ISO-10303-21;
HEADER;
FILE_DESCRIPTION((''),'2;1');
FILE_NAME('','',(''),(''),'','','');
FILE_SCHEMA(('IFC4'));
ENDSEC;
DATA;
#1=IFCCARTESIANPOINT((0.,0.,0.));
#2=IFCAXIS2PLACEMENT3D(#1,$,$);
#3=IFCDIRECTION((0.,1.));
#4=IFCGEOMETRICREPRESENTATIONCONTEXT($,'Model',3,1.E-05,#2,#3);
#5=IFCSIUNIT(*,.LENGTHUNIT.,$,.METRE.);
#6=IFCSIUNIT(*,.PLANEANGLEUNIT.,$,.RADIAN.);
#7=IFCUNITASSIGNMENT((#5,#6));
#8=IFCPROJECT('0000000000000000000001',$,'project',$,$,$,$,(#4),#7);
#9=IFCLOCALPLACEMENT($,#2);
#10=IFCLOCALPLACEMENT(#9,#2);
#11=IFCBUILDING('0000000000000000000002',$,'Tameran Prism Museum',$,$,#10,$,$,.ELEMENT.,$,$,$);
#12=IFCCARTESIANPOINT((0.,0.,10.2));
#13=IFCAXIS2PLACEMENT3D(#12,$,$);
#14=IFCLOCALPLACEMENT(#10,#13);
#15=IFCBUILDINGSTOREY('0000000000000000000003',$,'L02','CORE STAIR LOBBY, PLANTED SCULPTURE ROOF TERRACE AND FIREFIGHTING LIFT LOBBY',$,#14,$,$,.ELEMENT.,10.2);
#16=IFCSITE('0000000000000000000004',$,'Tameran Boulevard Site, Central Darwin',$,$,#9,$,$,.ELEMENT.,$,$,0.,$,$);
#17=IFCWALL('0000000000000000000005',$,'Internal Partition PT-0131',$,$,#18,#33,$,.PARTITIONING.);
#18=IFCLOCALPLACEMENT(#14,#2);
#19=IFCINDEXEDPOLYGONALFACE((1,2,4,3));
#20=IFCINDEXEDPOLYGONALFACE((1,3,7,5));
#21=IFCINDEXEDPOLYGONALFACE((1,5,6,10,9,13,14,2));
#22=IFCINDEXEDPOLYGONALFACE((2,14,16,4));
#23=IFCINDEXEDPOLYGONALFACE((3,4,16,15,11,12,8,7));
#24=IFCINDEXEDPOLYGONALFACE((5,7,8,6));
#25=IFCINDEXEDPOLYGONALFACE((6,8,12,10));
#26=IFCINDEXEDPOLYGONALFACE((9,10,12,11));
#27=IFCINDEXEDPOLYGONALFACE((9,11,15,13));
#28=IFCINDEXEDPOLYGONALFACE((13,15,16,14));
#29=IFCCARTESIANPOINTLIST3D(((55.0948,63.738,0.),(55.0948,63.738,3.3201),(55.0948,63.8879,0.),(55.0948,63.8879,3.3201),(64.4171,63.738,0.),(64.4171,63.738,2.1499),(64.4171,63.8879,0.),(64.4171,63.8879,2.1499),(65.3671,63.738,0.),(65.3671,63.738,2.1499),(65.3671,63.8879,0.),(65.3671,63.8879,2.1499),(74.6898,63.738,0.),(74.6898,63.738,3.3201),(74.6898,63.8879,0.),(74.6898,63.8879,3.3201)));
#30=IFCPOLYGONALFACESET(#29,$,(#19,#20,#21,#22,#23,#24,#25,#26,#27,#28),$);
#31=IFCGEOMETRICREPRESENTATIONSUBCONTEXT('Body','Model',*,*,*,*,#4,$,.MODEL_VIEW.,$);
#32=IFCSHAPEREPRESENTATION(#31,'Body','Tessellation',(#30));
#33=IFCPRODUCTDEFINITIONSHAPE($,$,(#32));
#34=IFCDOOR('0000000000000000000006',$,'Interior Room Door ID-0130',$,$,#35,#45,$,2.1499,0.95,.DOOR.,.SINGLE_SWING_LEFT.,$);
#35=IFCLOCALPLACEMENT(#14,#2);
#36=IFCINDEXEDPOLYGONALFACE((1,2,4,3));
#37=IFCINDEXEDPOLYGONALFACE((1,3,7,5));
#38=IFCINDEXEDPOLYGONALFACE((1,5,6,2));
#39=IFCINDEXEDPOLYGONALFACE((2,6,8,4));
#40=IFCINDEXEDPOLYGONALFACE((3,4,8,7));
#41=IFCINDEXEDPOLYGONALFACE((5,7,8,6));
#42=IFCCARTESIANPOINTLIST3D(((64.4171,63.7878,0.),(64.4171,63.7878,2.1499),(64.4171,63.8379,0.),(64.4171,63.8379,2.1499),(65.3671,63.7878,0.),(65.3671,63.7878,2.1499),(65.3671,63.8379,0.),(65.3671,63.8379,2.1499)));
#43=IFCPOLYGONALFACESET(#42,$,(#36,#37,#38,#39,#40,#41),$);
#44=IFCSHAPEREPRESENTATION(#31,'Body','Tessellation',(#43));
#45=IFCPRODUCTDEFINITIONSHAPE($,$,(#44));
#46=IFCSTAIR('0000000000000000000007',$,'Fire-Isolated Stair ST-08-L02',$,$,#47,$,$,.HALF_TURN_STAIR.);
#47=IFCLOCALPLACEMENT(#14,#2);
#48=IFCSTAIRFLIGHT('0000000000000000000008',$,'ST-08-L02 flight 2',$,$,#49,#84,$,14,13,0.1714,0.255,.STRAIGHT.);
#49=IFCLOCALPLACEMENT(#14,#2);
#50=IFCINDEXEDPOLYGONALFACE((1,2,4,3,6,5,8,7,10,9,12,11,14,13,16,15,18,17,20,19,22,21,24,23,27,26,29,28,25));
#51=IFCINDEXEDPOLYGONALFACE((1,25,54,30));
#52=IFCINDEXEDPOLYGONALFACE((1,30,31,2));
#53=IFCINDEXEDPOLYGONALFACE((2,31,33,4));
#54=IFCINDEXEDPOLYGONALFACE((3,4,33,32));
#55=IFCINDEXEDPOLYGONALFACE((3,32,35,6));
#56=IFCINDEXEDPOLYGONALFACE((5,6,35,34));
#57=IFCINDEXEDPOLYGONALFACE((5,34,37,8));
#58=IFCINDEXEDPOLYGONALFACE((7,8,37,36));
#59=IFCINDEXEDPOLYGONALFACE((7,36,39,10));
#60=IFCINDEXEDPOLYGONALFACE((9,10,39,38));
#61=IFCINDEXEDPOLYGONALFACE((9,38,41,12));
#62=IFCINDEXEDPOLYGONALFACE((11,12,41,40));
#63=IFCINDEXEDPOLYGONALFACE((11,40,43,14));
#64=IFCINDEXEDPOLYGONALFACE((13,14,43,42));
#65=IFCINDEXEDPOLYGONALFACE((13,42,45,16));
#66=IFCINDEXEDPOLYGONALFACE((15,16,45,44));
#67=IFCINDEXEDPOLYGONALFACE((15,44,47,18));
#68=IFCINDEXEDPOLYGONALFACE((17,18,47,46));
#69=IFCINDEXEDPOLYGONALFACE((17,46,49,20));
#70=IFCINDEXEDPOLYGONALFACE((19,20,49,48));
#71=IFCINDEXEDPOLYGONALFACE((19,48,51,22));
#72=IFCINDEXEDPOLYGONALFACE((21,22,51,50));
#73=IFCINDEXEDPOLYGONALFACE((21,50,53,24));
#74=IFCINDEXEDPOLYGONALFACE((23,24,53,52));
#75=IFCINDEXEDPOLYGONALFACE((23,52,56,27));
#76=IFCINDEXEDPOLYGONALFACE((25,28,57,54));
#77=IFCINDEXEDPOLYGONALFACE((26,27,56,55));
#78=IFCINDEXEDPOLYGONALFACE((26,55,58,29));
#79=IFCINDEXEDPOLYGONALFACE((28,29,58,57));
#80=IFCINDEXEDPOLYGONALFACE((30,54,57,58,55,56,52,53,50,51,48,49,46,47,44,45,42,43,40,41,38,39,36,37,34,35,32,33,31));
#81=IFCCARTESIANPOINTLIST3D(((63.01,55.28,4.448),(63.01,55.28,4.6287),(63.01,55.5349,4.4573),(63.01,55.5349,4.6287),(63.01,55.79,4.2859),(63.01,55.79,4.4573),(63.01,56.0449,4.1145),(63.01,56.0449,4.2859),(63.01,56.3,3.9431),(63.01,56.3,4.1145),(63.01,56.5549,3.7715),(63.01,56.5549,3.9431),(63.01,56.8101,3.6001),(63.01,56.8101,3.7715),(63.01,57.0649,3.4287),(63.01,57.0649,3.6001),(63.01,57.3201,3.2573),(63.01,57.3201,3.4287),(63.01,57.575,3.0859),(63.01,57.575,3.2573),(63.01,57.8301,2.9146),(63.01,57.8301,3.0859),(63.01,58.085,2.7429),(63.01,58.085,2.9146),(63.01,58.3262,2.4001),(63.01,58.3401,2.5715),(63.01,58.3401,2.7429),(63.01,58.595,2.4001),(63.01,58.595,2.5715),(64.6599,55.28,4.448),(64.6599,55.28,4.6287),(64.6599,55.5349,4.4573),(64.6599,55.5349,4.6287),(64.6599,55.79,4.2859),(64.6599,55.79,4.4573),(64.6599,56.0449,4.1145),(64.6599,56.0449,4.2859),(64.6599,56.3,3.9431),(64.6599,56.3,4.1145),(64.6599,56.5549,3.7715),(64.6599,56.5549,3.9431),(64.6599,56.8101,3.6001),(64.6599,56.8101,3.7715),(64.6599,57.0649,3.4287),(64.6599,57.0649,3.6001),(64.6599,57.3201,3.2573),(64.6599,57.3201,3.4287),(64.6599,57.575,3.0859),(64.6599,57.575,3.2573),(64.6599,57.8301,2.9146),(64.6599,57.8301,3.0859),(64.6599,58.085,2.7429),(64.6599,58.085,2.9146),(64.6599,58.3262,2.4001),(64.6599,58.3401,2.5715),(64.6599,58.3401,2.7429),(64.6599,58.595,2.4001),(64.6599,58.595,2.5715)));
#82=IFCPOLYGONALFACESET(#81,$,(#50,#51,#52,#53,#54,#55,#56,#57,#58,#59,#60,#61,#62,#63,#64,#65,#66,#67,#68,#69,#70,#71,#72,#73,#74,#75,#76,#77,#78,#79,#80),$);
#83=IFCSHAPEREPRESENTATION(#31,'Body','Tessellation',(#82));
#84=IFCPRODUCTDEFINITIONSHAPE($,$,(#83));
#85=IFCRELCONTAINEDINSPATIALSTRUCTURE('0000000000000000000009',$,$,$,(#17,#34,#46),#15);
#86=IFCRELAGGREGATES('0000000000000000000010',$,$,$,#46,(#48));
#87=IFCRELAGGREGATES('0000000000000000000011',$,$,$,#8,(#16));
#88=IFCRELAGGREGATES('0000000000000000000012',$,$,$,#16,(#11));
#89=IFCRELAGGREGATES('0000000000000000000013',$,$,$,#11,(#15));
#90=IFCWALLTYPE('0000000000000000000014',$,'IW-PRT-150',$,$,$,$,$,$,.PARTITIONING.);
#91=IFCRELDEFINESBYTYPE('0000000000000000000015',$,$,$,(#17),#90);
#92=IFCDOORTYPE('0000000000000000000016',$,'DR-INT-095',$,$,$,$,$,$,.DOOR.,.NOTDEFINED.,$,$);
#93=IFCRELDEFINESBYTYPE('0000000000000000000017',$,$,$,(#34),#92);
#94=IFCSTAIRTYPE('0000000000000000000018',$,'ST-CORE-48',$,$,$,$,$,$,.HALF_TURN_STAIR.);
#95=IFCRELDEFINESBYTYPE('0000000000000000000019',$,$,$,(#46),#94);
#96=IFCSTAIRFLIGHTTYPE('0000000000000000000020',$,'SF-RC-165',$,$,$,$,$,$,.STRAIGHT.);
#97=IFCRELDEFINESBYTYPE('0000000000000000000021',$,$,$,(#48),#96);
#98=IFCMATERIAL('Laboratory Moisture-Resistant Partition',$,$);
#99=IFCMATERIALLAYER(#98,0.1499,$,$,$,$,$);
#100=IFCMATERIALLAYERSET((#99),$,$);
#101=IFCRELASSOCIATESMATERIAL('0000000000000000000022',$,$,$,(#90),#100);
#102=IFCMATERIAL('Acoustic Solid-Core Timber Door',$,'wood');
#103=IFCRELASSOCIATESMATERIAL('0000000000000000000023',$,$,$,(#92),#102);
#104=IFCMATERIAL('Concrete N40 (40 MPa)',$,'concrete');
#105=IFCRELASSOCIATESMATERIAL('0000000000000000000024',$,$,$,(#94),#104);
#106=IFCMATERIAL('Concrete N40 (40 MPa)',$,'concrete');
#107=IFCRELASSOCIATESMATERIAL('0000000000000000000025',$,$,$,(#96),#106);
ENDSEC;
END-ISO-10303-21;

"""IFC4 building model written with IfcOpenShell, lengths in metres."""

from ifc_helpers import new_model, si_unit, direction, frame, frame_2d, origin, place, context, subcontext, project, spatial, polyline, rectangle, outline, extrude, material, layer, layer_set, type_object, element, fill, aggregate, save


model = new_model("IFC4")

# Units and contexts
model_context = context("Model", 3, precision=1e-05, world=origin(), true_north=direction((0.0, 1.0)))
body_context = subcontext(model_context, "Body", "Model", "MODEL_VIEW")
ifc_project = project(units=[si_unit("LENGTHUNIT", "METRE"), si_unit("PLANEANGLEUNIT", "RADIAN")], contexts=[model_context])

# Site, building, storey
site_placement = place(None, origin())
site = spatial("IfcSite", under=ifc_project, at=site_placement, Name="Tameran Boulevard Site, Central Darwin", CompositionType="ELEMENT", RefElevation=0.0)
building_placement = place(site_placement, origin())
building = spatial("IfcBuilding", under=site, at=building_placement, Name="Tameran Prism Museum", CompositionType="ELEMENT")
storey_placement = place(building_placement, frame((0.0, 0.0, 10.2)))
storey = spatial("IfcBuildingStorey", under=building, at=storey_placement, Name="L02", Description="CORE STAIR LOBBY, PLANTED SCULPTURE ROOF TERRACE AND FIREFIGHTING LIFT LOBBY", CompositionType="ELEMENT", Elevation=10.2)

# Wall, opening, door
ifc_material_1 = material(Name="Laboratory Moisture-Resistant Partition")
ifc_layer_1 = layer(ifc_material_1, 0.1499)
ifc_layer_set_1 = layer_set([ifc_layer_1])
wall_type_1 = type_object("IfcWallType", Name="IW-PRT-150", PredefinedType="PARTITIONING", material=ifc_layer_set_1)
wall_1_placement = place(storey_placement, frame((55.095, 63.813, 0.0), z_axis=(0.0, 0.0, 1.0), x_axis=(1.0, 0.0, 0.0)))
wall_1 = element("IfcWall", 1, at=wall_1_placement, inside=storey, type_object=wall_type_1, Name="Internal Partition PT-0131", PredefinedType="PARTITIONING", context=body_context, shape_type="SweptSolid", body=[
    extrude(rectangle(XDim=19.595, YDim=0.1499, at=frame_2d((9.7974, 0.0))), origin(), (0.0, 0.0, 1.0), 3.3201),
])
opening_1_placement = place(wall_1_placement, frame((9.322, 0.0, 0.0)))
opening_1 = element("IfcOpeningElement", 2, at=opening_1_placement, cuts=wall_1, PredefinedType="OPENING", context=body_context, shape_type="SweptSolid", body=[
    extrude(rectangle(XDim=0.95, YDim=2.1499, at=frame_2d((0.4751, 1.075))), frame((0.0, 0.085, 0.0), z_axis=(0.0, -1.0, 0.0), x_axis=(1.0, 0.0, 0.0)), (0.0, 0.0, 1.0), 0.1699),
])
ifc_material_2 = material(Name="Acoustic Solid-Core Timber Door", Category="wood")
door_type_1 = type_object("IfcDoorType", Name="DR-INT-095", OperationType="NOTDEFINED", PredefinedType="DOOR", material=ifc_material_2)
door_1_placement = place(opening_1_placement, origin())
door_1 = element("IfcDoor", 3, at=door_1_placement, inside=storey, type_object=door_type_1, Name="Interior Room Door ID-0130", OperationType="SINGLE_SWING_LEFT", OverallHeight=2.1499, OverallWidth=0.95, PredefinedType="DOOR", context=body_context, shape_type="SweptSolid", body=[
    extrude(rectangle(XDim=0.95, YDim=2.1499, at=frame_2d((0.4751, 1.075))), frame((0.0, 0.0249, 0.0), z_axis=(0.0, -1.0, 0.0), x_axis=(1.0, 0.0, 0.0)), (0.0, 0.0, 1.0), 0.05),
])
fill(opening_1, door_1)

# Stair, stair flight
ifc_material_3 = material(Name="Concrete N40 (40 MPa)", Category="concrete")
stair_type = type_object("IfcStairType", Name="ST-CORE-48", PredefinedType="HALF_TURN_STAIR", material=ifc_material_3)
stair_placement = place(storey_placement, origin())
stair = element("IfcStair", 4, at=stair_placement, inside=storey, type_object=stair_type, Name="Fire-Isolated Stair ST-08-L02", PredefinedType="HALF_TURN_STAIR")
ifc_material_4 = material(Name="Concrete N40 (40 MPa)", Category="concrete")
stair_flight_type = type_object("IfcStairFlightType", Name="SF-RC-165", PredefinedType="STRAIGHT", material=ifc_material_4)
stair_flight_placement = place(storey_placement, frame((63.835, 58.595, 2.4001), z_axis=(0.0, 0.0, 1.0), x_axis=(0.0, -1.0, 0.0)))
stair_flight = element("IfcStairFlight", 5, at=stair_flight_placement, type_object=stair_flight_type, Name="ST-08-L02 flight 2", NumberOfRisers=14, NumberOfTreads=13, PredefinedType="STRAIGHT", RiserHeight=0.1714, TreadLength=0.255, context=body_context, shape_type="SweptSolid", body=[
    extrude(outline(polyline([(0.0, 0.0), (0.0, 0.1714), (0.2549, 0.1714), (0.2549, 0.3428), (0.51, 0.3428), (0.51, 0.5144), (0.7649, 0.5144), (0.7649, 0.6858), (1.02, 0.6858), (1.02, 0.8572), (1.2749, 0.8572), (1.2749, 1.0286), (1.53, 1.0286), (1.53, 1.2), (1.7849, 1.2), (1.7849, 1.3713), (2.04, 1.3713), (2.04, 1.543), (2.2949, 1.543), (2.2949, 1.7144), (2.55, 1.7144), (2.55, 1.8857), (2.8049, 1.8857), (2.8049, 2.0571), (3.0601, 2.0571), (3.0601, 2.2285), (3.3149, 2.2285), (3.3149, 2.3999), (3.3149, 2.0479), (0.2688, 0.0), (0.0, 0.0)])), frame((0.0, 0.825, 0.0), z_axis=(0.0, -1.0, 0.0), x_axis=(1.0, 0.0, 0.0)), (0.0, 0.0, 1.0), 1.6499),
])
aggregate(stair, [stair_flight])

save(model, "model.ifc")
